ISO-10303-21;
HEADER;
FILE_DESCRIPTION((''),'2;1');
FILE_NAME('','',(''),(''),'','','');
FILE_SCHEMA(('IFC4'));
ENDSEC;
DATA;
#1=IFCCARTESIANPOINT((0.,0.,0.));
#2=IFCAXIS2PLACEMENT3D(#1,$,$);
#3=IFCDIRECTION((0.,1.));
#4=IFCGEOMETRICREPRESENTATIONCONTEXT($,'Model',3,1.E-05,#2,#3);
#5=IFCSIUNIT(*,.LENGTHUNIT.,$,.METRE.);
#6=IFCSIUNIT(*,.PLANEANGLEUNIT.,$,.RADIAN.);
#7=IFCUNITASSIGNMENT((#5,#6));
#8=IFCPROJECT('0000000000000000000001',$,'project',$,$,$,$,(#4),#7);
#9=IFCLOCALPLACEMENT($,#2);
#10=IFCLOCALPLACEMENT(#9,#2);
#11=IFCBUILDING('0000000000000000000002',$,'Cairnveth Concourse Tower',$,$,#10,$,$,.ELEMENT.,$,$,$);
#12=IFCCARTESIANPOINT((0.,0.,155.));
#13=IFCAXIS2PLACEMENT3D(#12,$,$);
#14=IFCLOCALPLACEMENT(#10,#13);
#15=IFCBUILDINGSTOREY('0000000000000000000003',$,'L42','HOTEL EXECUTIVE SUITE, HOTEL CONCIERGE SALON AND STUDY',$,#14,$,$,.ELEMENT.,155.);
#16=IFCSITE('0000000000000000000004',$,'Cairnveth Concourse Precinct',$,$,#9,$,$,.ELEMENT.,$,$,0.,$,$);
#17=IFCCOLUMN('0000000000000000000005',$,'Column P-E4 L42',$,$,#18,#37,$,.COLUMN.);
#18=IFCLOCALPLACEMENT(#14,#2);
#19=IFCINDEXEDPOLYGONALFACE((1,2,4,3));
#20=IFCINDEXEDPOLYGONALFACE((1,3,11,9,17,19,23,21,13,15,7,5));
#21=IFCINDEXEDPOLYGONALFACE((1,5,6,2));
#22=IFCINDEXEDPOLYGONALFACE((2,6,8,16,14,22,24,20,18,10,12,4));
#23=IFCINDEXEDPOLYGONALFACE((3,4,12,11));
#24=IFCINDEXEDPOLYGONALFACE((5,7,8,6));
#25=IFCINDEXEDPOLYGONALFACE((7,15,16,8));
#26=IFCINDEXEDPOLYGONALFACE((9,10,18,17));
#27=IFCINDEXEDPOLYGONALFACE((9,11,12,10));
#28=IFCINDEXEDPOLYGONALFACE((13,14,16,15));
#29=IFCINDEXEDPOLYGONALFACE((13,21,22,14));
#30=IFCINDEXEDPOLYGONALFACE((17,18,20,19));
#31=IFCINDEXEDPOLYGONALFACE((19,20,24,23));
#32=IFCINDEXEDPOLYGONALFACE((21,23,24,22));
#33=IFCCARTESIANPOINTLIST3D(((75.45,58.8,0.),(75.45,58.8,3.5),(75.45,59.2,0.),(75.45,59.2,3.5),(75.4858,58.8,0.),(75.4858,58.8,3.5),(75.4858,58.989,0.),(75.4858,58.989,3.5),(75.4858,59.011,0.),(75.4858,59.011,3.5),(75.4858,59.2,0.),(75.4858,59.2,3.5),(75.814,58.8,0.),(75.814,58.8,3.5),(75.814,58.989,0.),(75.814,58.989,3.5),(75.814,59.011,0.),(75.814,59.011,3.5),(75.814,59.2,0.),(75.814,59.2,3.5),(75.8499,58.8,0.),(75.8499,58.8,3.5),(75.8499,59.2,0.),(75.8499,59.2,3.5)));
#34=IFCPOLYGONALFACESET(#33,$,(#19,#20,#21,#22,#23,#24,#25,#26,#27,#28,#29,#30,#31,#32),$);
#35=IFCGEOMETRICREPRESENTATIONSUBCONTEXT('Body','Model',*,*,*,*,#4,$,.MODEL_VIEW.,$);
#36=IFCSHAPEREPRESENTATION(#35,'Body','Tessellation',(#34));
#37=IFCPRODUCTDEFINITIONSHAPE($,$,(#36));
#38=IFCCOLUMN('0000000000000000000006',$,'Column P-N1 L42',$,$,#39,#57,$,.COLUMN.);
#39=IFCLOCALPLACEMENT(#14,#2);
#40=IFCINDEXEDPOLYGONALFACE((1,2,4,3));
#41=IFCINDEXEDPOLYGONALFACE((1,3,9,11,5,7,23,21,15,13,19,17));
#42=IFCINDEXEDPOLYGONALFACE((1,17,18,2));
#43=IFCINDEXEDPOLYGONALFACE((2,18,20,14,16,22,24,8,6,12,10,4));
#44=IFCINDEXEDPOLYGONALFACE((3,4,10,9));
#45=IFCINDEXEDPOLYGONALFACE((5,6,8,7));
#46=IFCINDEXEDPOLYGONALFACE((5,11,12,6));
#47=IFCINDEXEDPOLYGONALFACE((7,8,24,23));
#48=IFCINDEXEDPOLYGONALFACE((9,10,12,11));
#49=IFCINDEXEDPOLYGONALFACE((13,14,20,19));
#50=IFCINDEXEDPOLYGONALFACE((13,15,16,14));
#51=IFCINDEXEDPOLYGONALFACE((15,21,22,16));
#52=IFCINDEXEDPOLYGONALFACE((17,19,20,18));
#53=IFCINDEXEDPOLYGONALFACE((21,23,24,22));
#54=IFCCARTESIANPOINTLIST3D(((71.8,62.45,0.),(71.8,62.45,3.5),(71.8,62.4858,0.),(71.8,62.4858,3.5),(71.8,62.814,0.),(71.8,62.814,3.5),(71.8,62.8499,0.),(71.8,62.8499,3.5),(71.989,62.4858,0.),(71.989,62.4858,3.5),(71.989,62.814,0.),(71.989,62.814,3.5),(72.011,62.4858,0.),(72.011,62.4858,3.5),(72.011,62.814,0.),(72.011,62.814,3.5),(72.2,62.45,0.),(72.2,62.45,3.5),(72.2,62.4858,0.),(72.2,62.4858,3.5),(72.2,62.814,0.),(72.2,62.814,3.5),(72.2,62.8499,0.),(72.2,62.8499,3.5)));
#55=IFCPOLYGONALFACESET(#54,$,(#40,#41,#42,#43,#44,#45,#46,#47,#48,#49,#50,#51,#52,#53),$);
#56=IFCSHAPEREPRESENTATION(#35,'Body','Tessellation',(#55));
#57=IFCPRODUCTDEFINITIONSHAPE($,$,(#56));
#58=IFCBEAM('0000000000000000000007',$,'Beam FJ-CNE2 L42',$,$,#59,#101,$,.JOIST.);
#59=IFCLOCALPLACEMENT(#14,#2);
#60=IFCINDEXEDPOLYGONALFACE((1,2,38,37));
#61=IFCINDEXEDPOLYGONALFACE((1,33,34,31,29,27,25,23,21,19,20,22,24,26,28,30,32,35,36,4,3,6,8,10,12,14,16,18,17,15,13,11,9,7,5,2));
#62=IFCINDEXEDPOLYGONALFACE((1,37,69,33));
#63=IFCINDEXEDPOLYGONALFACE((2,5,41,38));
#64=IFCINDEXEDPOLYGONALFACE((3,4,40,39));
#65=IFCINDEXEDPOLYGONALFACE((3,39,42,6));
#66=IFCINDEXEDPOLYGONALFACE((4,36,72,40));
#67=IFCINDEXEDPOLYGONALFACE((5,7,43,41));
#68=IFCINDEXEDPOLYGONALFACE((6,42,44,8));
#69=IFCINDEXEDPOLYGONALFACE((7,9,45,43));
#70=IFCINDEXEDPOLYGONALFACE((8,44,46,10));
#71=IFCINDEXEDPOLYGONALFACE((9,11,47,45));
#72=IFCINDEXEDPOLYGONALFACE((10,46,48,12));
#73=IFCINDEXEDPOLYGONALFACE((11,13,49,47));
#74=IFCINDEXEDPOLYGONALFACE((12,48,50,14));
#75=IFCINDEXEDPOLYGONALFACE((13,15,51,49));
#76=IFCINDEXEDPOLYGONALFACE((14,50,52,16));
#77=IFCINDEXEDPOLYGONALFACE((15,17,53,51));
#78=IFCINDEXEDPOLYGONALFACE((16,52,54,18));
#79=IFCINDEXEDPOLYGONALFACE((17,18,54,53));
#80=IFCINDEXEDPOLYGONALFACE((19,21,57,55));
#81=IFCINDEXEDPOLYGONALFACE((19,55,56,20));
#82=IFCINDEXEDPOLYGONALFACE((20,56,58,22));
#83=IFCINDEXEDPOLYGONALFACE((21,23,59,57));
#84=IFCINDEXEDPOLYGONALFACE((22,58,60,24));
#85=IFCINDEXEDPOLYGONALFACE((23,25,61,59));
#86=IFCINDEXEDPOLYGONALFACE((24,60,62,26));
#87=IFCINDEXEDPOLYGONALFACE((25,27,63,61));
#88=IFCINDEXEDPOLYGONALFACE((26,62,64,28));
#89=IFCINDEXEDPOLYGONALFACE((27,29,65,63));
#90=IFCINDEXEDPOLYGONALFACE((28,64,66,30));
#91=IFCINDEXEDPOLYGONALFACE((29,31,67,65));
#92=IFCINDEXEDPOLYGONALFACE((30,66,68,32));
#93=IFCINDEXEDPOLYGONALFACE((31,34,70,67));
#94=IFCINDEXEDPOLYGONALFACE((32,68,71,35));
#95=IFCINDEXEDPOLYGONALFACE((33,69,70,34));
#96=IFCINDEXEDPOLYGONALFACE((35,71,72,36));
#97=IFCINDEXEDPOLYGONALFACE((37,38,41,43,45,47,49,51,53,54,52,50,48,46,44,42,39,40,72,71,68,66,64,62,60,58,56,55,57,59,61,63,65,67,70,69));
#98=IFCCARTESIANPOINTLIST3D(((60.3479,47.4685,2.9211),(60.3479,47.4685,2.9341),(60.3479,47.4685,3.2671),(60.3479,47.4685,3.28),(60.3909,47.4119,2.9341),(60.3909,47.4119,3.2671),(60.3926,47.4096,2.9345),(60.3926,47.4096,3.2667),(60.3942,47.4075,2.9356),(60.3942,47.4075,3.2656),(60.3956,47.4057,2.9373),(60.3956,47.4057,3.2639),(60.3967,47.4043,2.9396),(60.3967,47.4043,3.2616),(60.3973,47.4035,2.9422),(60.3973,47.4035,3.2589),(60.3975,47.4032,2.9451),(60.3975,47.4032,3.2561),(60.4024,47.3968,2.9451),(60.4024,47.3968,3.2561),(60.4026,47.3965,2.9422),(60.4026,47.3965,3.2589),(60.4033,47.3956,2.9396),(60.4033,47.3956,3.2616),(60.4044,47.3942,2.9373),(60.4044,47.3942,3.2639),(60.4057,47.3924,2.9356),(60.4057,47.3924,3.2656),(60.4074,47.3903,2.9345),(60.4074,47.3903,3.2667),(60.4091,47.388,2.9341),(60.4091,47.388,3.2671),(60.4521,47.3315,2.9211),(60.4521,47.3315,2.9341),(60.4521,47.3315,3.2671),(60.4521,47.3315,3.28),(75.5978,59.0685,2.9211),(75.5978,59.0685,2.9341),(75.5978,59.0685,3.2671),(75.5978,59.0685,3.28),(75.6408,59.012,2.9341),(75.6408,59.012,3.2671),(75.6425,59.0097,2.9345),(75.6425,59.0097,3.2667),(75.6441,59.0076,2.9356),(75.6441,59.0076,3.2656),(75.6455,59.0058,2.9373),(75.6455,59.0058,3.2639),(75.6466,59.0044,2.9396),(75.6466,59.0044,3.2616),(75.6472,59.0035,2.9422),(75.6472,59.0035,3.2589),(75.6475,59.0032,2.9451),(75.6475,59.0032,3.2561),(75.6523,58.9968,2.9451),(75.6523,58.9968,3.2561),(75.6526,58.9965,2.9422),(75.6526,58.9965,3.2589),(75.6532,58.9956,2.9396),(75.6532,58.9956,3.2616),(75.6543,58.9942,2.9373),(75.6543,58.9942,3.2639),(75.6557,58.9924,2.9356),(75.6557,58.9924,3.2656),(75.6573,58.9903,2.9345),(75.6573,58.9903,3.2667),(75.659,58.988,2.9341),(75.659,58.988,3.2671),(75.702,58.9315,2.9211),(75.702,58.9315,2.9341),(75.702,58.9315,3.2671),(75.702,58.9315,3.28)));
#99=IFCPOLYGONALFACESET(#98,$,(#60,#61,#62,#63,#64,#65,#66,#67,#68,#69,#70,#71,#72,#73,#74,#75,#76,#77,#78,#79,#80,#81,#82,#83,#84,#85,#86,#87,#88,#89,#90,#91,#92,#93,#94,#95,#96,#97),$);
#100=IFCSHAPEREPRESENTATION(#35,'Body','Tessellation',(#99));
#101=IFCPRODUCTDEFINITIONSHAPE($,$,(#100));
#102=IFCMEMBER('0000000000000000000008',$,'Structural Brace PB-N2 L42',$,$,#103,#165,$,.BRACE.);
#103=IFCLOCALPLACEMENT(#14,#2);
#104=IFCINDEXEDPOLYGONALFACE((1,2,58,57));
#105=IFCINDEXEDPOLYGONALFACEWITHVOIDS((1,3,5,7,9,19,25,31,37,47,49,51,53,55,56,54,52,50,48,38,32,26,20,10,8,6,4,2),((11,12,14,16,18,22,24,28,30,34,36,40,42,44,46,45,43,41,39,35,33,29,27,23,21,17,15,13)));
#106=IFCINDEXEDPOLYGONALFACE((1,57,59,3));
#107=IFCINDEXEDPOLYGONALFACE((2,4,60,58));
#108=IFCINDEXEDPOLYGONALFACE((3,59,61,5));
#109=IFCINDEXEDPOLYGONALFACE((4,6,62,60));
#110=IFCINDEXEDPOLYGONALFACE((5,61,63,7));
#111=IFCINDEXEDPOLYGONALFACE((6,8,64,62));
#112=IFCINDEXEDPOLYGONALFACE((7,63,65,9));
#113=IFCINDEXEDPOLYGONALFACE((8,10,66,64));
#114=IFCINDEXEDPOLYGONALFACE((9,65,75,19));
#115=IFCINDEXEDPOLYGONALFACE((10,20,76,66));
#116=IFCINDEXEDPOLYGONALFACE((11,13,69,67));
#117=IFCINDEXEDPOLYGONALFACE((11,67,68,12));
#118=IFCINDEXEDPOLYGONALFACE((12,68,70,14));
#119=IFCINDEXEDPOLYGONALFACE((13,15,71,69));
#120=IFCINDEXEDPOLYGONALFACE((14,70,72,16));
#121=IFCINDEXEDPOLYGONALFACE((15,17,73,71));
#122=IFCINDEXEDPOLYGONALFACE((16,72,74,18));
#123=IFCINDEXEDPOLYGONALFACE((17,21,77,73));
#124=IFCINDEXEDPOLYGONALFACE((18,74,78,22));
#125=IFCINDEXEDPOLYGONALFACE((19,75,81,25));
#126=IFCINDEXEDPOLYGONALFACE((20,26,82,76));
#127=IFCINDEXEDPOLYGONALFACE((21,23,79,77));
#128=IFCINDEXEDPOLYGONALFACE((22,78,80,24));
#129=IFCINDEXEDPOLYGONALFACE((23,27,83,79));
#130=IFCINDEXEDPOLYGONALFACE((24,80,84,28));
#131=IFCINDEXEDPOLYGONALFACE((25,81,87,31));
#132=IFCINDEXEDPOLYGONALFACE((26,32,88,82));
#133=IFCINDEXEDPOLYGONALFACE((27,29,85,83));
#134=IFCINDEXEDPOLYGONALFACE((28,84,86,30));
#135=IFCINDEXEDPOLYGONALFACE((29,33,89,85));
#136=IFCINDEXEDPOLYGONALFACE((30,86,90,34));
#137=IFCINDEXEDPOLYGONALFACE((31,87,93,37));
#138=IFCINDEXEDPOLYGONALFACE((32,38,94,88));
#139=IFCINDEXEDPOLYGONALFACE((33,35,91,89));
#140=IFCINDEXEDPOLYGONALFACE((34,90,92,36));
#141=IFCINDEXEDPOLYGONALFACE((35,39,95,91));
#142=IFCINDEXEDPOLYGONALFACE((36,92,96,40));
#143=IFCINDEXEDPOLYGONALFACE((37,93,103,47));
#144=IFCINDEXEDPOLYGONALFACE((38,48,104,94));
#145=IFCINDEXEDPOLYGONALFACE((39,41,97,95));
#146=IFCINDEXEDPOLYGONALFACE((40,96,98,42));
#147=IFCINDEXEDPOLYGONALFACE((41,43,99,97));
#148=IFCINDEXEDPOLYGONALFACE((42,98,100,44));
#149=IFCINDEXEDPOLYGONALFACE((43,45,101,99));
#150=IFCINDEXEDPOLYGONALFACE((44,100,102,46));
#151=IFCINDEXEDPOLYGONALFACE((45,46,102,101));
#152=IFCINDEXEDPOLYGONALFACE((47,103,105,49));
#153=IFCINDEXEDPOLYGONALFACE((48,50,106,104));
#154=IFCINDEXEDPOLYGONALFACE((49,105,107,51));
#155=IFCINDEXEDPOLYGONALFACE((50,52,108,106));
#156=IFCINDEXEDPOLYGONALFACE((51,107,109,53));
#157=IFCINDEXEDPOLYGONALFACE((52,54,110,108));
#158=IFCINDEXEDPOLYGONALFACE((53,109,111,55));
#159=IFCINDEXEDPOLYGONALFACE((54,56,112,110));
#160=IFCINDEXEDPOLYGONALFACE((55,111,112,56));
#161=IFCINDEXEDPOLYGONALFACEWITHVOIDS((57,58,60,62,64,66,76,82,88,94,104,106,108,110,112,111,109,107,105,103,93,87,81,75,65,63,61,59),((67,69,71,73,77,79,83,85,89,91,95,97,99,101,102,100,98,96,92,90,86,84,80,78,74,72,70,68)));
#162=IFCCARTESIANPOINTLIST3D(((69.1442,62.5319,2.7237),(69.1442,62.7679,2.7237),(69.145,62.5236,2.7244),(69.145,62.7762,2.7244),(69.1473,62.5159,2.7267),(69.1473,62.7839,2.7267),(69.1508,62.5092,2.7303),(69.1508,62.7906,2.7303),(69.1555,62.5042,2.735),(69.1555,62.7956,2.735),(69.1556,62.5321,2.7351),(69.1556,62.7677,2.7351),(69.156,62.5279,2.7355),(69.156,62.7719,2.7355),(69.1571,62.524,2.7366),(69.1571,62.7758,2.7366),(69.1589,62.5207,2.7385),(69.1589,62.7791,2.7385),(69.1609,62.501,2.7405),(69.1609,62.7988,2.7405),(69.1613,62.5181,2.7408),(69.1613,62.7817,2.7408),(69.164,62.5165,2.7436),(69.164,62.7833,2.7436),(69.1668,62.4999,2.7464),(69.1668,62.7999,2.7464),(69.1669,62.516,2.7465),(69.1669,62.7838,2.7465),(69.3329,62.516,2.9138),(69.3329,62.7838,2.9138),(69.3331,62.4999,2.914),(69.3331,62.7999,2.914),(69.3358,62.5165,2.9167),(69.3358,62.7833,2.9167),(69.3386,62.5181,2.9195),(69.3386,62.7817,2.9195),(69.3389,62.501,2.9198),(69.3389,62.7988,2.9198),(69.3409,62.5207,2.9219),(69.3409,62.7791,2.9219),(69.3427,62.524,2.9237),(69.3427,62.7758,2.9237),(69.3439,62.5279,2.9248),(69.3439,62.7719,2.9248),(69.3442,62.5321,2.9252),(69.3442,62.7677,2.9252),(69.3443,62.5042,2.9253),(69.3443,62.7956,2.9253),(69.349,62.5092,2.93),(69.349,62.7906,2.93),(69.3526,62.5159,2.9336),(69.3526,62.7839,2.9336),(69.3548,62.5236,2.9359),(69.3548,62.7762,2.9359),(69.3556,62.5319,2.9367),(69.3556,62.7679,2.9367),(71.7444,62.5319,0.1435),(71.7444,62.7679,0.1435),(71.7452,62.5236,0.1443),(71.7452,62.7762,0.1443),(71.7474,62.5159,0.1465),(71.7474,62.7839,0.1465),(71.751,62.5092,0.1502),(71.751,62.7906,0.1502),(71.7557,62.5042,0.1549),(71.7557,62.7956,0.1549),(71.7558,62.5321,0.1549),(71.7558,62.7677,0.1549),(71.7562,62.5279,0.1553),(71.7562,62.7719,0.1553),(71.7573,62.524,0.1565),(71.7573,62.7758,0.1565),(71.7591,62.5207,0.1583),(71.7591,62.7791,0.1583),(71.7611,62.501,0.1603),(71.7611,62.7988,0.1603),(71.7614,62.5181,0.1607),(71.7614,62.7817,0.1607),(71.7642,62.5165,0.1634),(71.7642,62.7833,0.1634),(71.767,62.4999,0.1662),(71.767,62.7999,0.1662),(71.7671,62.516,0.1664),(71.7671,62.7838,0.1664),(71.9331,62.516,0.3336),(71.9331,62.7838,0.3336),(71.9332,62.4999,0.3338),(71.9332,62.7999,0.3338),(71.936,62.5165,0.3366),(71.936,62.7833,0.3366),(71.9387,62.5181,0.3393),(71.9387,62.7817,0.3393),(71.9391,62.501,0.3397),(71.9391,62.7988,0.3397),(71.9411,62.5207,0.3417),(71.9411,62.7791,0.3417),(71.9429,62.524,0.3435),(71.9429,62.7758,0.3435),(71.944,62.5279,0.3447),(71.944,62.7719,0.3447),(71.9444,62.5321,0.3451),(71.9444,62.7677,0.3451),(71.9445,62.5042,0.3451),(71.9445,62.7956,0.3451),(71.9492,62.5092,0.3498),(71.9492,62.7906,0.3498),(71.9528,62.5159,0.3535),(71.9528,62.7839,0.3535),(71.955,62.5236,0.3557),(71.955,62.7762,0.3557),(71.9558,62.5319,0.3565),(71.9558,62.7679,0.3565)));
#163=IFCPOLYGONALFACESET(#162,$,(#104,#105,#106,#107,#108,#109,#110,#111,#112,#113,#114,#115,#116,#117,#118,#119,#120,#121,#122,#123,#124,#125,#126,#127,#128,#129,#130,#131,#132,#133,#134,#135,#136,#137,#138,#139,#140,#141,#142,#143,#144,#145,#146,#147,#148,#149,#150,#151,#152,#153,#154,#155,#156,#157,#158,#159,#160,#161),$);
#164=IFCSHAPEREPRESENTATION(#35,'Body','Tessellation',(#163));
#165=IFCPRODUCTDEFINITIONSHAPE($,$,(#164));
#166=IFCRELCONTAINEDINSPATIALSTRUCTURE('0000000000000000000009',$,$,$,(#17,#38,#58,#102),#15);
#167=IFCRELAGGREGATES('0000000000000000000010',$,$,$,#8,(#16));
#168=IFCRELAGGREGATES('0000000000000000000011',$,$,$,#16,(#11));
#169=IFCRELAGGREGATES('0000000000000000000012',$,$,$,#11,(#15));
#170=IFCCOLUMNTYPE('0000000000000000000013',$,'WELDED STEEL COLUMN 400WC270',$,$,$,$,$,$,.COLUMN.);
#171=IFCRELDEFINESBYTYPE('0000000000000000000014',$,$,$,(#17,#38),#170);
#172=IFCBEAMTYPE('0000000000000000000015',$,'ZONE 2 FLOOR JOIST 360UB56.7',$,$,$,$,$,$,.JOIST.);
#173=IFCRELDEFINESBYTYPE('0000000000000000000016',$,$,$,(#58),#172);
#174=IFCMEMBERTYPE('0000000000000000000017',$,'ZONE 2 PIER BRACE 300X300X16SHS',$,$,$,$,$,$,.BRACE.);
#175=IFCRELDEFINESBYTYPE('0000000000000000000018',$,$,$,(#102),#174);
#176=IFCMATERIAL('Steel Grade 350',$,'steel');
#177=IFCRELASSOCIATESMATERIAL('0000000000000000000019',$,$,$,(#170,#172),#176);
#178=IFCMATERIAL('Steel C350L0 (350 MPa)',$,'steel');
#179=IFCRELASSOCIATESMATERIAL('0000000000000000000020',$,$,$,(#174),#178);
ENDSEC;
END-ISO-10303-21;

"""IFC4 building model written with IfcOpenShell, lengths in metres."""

from ifc_helpers import new_model, si_unit, direction, frame, origin, origin_2d, place, context, subcontext, project, spatial, hollow_rectangle, i_section, extrude, material, material_profile, profile_set, type_object, element, save


model = new_model("IFC4")

# Units and contexts
model_context = context("Model", 3, precision=1e-05, world=origin(), true_north=direction((0.0, 1.0)))
body_context = subcontext(model_context, "Body", "Model", "MODEL_VIEW")
ifc_project = project(units=[si_unit("LENGTHUNIT", "METRE"), si_unit("PLANEANGLEUNIT", "RADIAN")], contexts=[model_context])

# Site, building, storey
site_placement = place(None, origin())
site = spatial("IfcSite", under=ifc_project, at=site_placement, Name="Cairnveth Concourse Precinct", CompositionType="ELEMENT", RefElevation=0.0)
building_placement = place(site_placement, origin())
building = spatial("IfcBuilding", under=site, at=building_placement, Name="Cairnveth Concourse Tower", CompositionType="ELEMENT")
storey_placement = place(building_placement, frame((0.0, 0.0, 155.0)))
storey = spatial("IfcBuildingStorey", under=building, at=storey_placement, Name="L42", Description="HOTEL EXECUTIVE SUITE, HOTEL CONCIERGE SALON AND STUDY", CompositionType="ELEMENT", Elevation=155.0)

# Columns
ifc_material_1 = material(Name="Steel Grade 350", Category="steel")
ifc_material_profile_1 = material_profile(ifc_material_1, i_section(OverallWidth=0.3999, OverallDepth=0.3999, WebThickness=0.022, FlangeThickness=0.0359, at=origin_2d()), Name="400WC270")
ifc_profile_set_1 = profile_set([ifc_material_profile_1], Name="Steel Grade 350")
column_type = type_object("IfcColumnType", Name="WELDED STEEL COLUMN 400WC270", PredefinedType="COLUMN", material=ifc_profile_set_1)
for number, where, z_axis, x_axis, name in (
    (1, (75.6499, 59.0, 0.0), (0.0, 0.0, 1.0), (0.0, 1.0, 0.0), "Column P-E4 L42"),
    (2, (72.0, 62.6499, 0.0), (0.0, 0.0, 1.0), (1.0, 0.0, 0.0), "Column P-N1 L42"),
):
    element("IfcColumn", number, at=place(storey_placement, frame(where, z_axis=z_axis, x_axis=x_axis)), inside=storey, type_object=column_type, Name=name, PredefinedType="COLUMN", context=body_context, shape_type="SweptSolid", body=[
        extrude(i_section(OverallWidth=0.3999, OverallDepth=0.3999, WebThickness=0.022, FlangeThickness=0.0359, at=origin_2d()), origin(), (0.0, 0.0, 1.0), 3.5),
    ])

# Beam
ifc_material_profile_2 = material_profile(ifc_material_1, i_section(OverallWidth=0.1721, OverallDepth=0.3589, WebThickness=0.0081, FlangeThickness=0.0129, FilletRadius=0.011, at=origin_2d()), Name="360UB56.7")
ifc_profile_set_2 = profile_set([ifc_material_profile_2], Name="Steel Grade 350")
beam_type_1 = type_object("IfcBeamType", Name="ZONE 2 FLOOR JOIST 360UB56.7", PredefinedType="JOIST", material=ifc_profile_set_2)
beam_1_placement = place(storey_placement, frame((75.6499, 59.0, 3.1006), z_axis=(-0.795908, -0.605417, 0.0), x_axis=(0.605417, -0.795908, 0.0)))
element("IfcBeam", 3, at=beam_1_placement, inside=storey, type_object=beam_type_1, Name="Beam FJ-CNE2 L42", PredefinedType="JOIST", context=body_context, shape_type="SweptSolid", body=[
    extrude(i_section(OverallWidth=0.1721, OverallDepth=0.3589, WebThickness=0.0081, FlangeThickness=0.0129, FilletRadius=0.011, at=origin_2d()), origin(), (0.0, 0.0, 1.0), 19.1604),
])

# Member
ifc_material_2 = material(Name="Steel C350L0 (350 MPa)", Category="steel")
ifc_material_profile_3 = material_profile(ifc_material_2, hollow_rectangle(XDim=0.3, YDim=0.3, WallThickness=0.0161, InnerFilletRadius=0.0161, OuterFilletRadius=0.032, at=origin_2d()), Name="300x300x16.0SHS")
ifc_profile_set_3 = profile_set([ifc_material_profile_3], Name="Steel C350L0 (350 MPa)")
member_type = type_object("IfcMemberType", Name="ZONE 2 PIER BRACE 300X300X16SHS", PredefinedType="BRACE", material=ifc_profile_set_3)
for number, where, z_axis, x_axis, name in (
    (4, (71.8501, 62.6499, 0.25), (-0.709834, 0.0, 0.704369), (0.0, -1.0, 0.0), "Structural Brace PB-N2 L42"),
):
    element("IfcMember", number, at=place(storey_placement, frame(where, z_axis=z_axis, x_axis=x_axis)), inside=storey, type_object=member_type, Name=name, PredefinedType="BRACE", context=body_context, shape_type="SweptSolid", body=[
        extrude(hollow_rectangle(XDim=0.3, YDim=0.3, WallThickness=0.0161, InnerFilletRadius=0.0161, OuterFilletRadius=0.032, at=origin_2d()), origin(), (0.0, 0.0, 1.0), 3.6631),
    ])

save(model, "model.ifc")
